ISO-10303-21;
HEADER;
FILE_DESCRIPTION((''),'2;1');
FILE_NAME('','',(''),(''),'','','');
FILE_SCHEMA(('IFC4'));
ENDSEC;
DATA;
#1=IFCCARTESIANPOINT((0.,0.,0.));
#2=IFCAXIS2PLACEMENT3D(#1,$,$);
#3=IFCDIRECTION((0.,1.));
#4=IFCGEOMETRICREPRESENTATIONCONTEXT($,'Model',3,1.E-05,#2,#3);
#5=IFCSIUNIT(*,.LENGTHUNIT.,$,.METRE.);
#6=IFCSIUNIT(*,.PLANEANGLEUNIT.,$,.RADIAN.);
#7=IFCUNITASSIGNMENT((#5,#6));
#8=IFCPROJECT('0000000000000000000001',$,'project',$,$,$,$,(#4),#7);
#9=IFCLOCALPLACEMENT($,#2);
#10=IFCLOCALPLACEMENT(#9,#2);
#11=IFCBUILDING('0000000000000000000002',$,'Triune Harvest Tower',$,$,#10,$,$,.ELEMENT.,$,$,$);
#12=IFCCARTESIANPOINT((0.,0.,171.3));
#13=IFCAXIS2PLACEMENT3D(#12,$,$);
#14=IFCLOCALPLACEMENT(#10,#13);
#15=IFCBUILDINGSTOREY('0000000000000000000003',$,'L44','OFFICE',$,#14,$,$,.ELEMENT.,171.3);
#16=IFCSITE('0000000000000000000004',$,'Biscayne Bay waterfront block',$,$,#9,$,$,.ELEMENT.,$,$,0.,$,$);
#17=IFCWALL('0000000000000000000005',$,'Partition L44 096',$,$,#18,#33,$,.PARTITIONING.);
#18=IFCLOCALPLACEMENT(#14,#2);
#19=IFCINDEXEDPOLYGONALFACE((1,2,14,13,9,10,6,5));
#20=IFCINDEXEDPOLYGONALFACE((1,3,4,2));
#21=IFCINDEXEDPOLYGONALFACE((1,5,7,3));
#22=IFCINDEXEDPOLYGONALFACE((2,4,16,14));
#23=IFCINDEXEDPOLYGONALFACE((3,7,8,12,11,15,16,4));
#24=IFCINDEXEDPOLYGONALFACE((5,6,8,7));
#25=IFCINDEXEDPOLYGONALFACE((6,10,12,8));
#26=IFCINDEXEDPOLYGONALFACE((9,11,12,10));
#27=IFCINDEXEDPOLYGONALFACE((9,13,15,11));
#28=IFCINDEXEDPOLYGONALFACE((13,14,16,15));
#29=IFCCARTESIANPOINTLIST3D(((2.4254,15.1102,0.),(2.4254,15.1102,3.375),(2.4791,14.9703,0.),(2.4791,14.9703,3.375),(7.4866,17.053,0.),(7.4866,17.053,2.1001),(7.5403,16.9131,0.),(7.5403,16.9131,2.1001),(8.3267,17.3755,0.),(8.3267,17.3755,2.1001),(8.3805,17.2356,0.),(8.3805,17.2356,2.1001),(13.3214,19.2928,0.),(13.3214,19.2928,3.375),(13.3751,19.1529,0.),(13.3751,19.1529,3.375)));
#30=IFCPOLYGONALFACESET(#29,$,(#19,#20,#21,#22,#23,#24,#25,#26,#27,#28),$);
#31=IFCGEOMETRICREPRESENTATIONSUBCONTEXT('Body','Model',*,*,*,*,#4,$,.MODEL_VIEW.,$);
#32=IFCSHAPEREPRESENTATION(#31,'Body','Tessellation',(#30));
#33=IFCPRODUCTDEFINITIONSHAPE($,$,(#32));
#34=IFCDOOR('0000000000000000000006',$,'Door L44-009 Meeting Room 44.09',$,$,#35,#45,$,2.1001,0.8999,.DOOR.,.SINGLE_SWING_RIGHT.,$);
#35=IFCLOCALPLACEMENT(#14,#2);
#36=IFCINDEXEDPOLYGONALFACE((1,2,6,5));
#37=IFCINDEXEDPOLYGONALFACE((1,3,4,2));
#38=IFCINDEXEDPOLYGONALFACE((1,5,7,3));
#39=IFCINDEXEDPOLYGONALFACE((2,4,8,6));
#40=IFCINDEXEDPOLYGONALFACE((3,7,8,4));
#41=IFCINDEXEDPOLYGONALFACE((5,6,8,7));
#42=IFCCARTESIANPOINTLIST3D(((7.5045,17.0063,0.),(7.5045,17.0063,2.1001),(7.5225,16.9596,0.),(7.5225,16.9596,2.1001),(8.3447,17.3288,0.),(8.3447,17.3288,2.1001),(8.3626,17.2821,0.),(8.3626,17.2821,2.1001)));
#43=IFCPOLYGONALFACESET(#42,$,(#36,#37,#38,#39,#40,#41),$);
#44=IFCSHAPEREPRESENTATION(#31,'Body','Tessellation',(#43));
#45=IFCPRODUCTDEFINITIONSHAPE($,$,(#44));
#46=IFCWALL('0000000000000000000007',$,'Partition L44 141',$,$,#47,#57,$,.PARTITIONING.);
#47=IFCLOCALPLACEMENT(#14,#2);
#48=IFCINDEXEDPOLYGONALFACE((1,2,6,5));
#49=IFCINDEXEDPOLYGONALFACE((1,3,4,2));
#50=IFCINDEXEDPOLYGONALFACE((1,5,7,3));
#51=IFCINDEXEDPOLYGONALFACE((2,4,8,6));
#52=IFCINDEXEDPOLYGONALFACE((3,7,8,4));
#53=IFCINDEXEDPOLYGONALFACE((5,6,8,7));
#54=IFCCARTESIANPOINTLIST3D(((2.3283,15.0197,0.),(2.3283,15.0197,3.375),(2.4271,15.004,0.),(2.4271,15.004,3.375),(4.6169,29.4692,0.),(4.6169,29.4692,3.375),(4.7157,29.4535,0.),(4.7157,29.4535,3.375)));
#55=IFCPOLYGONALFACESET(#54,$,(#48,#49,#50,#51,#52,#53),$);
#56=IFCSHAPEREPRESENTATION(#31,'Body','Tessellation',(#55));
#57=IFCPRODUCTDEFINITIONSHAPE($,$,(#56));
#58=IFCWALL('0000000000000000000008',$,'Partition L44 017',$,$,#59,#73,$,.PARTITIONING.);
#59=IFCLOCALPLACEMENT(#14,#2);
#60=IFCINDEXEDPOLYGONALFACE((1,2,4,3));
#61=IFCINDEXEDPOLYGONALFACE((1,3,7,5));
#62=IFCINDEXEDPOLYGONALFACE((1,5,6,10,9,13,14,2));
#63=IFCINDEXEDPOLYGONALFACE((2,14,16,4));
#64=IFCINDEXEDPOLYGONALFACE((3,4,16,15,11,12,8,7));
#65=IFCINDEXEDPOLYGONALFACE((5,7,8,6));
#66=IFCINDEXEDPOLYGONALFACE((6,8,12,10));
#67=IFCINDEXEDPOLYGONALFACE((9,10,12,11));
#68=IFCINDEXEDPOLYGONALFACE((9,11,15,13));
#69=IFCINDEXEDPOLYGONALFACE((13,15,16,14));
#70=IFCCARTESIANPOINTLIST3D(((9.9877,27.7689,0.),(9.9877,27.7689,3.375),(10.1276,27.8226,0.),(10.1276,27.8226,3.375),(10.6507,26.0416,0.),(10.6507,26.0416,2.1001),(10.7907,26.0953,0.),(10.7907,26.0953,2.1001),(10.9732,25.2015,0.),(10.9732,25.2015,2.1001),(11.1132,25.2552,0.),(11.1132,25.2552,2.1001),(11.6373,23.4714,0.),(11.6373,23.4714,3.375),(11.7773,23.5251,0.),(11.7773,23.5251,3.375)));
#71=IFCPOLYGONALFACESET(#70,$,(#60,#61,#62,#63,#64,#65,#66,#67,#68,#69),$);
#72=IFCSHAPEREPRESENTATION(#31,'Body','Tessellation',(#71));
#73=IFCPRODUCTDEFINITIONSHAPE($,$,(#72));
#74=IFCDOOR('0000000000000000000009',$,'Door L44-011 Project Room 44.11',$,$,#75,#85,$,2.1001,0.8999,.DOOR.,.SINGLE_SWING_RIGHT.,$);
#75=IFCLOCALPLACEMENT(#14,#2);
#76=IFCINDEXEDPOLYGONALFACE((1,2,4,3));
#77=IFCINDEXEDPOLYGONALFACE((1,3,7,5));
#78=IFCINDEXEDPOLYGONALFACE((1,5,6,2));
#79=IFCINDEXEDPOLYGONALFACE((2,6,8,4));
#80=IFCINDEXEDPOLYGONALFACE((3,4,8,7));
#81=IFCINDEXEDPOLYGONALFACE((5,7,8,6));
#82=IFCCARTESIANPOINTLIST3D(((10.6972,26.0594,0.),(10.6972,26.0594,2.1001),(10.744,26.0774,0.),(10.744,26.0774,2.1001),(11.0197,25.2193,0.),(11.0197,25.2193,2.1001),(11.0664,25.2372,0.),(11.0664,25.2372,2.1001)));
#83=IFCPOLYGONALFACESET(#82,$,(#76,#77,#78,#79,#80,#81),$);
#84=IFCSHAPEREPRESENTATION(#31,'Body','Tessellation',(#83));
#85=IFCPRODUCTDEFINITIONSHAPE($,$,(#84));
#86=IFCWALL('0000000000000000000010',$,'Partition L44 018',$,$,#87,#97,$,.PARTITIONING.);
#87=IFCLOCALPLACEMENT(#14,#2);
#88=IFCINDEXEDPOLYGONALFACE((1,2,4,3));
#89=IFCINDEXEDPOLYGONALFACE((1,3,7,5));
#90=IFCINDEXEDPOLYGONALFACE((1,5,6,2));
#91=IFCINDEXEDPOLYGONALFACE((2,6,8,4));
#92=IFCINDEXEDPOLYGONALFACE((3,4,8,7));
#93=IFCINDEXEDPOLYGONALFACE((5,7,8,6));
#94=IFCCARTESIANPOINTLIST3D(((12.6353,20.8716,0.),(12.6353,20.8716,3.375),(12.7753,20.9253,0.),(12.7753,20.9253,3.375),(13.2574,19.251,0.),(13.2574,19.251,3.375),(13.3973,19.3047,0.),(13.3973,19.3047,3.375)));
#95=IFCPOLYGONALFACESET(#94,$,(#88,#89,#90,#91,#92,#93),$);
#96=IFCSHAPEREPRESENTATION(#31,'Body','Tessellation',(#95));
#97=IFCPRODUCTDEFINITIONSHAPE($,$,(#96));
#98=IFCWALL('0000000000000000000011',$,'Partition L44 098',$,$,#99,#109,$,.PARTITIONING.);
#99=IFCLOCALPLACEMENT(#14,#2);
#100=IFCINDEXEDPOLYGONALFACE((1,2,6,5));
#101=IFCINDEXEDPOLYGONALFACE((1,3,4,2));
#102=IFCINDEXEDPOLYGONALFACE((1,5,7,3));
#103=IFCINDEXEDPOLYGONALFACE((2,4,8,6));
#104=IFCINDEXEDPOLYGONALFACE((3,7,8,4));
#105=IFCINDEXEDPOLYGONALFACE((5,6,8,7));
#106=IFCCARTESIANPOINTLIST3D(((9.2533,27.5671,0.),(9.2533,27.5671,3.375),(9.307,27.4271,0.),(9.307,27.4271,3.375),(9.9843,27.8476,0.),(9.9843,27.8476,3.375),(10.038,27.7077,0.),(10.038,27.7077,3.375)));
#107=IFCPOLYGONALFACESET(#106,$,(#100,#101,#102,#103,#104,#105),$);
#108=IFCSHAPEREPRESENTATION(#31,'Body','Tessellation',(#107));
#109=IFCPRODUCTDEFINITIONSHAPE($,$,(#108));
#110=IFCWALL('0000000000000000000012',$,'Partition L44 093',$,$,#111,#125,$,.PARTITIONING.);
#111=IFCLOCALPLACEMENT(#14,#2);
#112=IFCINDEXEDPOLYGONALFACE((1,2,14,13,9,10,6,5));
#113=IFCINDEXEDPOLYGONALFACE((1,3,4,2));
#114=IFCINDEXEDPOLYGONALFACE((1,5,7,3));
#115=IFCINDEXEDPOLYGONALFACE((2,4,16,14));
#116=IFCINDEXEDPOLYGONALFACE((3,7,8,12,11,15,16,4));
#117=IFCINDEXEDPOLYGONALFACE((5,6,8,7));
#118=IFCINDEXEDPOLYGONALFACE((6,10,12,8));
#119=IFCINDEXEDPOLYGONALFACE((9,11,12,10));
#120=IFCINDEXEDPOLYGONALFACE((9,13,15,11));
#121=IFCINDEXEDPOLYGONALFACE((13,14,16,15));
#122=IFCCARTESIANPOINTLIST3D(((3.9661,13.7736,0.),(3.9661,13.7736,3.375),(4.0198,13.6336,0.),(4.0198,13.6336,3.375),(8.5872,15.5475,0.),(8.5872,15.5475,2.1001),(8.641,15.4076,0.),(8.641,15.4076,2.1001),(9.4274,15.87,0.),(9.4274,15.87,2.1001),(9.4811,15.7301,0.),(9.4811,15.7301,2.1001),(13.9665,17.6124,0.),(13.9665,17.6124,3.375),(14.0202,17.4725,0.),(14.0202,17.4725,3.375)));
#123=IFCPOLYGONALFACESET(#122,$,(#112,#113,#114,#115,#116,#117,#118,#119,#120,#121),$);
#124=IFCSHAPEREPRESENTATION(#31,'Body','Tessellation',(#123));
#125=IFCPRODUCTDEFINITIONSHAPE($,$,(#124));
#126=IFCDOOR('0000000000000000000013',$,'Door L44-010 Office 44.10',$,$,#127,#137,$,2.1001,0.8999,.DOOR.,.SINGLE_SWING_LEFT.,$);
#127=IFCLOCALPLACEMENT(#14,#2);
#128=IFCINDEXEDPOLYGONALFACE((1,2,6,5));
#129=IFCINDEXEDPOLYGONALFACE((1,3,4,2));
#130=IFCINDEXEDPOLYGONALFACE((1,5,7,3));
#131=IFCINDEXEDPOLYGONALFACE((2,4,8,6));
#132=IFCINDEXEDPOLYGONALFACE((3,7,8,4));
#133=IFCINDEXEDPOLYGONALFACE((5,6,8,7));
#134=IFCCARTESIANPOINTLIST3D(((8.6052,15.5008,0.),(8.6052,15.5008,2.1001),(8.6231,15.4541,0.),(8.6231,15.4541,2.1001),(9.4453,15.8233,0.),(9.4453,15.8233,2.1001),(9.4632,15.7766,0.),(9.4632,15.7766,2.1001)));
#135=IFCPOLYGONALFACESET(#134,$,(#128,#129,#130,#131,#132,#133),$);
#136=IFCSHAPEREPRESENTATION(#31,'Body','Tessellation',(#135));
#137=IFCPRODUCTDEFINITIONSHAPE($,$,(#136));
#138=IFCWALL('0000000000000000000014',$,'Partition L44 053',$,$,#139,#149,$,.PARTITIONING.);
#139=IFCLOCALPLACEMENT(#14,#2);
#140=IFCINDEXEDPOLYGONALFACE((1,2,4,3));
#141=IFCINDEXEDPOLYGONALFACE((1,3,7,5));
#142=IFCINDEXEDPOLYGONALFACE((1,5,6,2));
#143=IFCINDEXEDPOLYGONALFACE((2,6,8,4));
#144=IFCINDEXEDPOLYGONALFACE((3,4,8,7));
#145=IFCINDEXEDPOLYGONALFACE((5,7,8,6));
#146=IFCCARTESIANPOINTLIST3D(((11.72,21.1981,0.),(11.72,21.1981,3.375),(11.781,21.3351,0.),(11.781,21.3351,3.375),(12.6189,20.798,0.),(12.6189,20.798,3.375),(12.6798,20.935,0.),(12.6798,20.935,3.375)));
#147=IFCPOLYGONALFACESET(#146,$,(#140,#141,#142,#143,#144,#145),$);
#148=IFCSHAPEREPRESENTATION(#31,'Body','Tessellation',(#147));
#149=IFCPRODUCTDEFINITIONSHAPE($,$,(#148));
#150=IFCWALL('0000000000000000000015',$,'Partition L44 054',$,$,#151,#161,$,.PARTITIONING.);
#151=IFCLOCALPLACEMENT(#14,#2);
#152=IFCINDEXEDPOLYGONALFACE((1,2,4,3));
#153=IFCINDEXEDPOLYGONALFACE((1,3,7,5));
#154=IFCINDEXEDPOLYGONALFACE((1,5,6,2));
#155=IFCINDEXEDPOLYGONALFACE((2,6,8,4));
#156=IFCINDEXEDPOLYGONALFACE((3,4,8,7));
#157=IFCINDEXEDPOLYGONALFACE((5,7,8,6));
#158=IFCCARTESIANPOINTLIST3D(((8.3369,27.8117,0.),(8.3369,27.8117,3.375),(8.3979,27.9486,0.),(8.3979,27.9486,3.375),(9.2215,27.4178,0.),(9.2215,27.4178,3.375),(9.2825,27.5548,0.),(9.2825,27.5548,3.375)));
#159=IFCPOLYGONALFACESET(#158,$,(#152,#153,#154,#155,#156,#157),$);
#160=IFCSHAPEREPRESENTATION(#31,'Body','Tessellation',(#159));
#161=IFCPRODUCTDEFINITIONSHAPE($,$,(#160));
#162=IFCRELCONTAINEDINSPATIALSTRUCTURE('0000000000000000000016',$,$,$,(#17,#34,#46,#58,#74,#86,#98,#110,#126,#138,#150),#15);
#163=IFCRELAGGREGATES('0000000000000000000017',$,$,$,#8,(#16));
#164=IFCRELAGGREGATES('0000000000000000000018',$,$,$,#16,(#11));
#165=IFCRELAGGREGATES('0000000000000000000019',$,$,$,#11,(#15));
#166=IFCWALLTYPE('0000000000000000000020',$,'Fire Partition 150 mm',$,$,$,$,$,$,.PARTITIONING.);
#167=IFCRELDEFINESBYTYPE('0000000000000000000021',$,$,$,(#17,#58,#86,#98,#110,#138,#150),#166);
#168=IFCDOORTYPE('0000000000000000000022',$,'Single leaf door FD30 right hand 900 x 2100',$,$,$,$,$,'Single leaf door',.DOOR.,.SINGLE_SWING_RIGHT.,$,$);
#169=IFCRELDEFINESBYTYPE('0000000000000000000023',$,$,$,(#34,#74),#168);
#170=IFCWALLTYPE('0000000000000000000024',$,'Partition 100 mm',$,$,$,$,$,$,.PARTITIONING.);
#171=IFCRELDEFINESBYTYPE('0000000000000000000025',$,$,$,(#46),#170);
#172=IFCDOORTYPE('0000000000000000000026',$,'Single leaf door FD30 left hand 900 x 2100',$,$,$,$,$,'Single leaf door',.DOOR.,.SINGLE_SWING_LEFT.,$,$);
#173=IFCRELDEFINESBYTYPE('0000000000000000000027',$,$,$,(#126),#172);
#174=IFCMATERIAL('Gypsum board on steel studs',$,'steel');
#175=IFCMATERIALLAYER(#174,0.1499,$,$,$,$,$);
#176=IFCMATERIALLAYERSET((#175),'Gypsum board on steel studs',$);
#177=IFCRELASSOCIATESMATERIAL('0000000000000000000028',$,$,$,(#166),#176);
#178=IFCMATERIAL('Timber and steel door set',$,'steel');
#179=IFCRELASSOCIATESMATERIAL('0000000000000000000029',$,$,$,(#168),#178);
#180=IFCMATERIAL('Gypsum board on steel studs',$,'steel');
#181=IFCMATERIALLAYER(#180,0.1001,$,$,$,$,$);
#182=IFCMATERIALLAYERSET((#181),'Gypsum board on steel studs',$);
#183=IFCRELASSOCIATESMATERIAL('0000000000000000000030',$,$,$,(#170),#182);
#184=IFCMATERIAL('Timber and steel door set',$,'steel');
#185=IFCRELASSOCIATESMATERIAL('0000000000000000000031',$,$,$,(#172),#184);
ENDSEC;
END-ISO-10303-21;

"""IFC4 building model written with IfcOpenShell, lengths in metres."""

from ifc_helpers import new_model, si_unit, direction, frame, frame_2d, origin, place, context, subcontext, project, spatial, rectangle, extrude, source, transform, mapped, material, layer, layer_set, type_object, element, fill, save


model = new_model("IFC4")

# Units and contexts
model_context = context("Model", 3, precision=1e-05, world=origin(), true_north=direction((0.0, 1.0)))
body_context = subcontext(model_context, "Body", "Model", "MODEL_VIEW")
ifc_project = project(units=[si_unit("LENGTHUNIT", "METRE"), si_unit("PLANEANGLEUNIT", "RADIAN")], contexts=[model_context])

# Site, building, storey
site_placement = place(None, origin())
site = spatial("IfcSite", under=ifc_project, at=site_placement, Name="Biscayne Bay waterfront block", CompositionType="ELEMENT", RefElevation=0.0)
building_placement = place(site_placement, origin())
building = spatial("IfcBuilding", under=site, at=building_placement, Name="Triune Harvest Tower", CompositionType="ELEMENT")
storey_placement = place(building_placement, frame((0.0, 0.0, 171.3)))
storey = spatial("IfcBuildingStorey", under=building, at=storey_placement, Name="L44", Description="OFFICE", CompositionType="ELEMENT", Elevation=171.3)

# Shared definitions
ifc_material_1 = material(Name="Gypsum board on steel studs", Category="steel")
ifc_layer_1 = layer(ifc_material_1, 0.1499)
ifc_layer_set_1 = layer_set([ifc_layer_1], Name="Gypsum board on steel studs")
wall_type_1 = type_object("IfcWallType", Name="Fire Partition 150 mm", PredefinedType="PARTITIONING", material=ifc_layer_set_1)

# Wall, opening, door
wall_1_placement = place(storey_placement, frame((2.4524, 15.0403, 0.0), z_axis=(0.0, 0.0, 1.0), x_axis=(0.933579, 0.358371, 0.0)))
wall_1 = element("IfcWall", 1, at=wall_1_placement, inside=storey, type_object=wall_type_1, Name="Partition L44 096", PredefinedType="PARTITIONING", context=body_context, shape_type="SweptSolid", body=[
    extrude(rectangle(XDim=11.6711, YDim=0.1499, at=frame_2d((5.8354, 0.0))), origin(), (0.0, 0.0, 1.0), 3.375),
])
opening_1_placement = place(wall_1_placement, frame((5.4211, 0.0, 0.0)))
opening_1 = element("IfcOpeningElement", 2, at=opening_1_placement, cuts=wall_1, PredefinedType="OPENING", context=body_context, shape_type="SweptSolid", body=[
    extrude(rectangle(XDim=0.8999, YDim=2.1001, at=frame_2d((0.45, 1.05))), frame((0.0, 0.085, 0.0), z_axis=(0.0, -1.0, 0.0), x_axis=(1.0, 0.0, 0.0)), (0.0, 0.0, 1.0), 0.1699),
])
ifc_material_2 = material(Name="Timber and steel door set", Category="steel")
door_type_1 = type_object("IfcDoorType", Name="Single leaf door FD30 right hand 900 x 2100", ElementType="Single leaf door", OperationType="SINGLE_SWING_RIGHT", PredefinedType="DOOR", material=ifc_material_2)
door_1_placement = place(opening_1_placement, origin())
door_1 = element("IfcDoor", 3, at=door_1_placement, inside=storey, type_object=door_type_1, Name="Door L44-009 Meeting Room 44.09", OperationType="SINGLE_SWING_RIGHT", OverallHeight=2.1001, OverallWidth=0.8999, PredefinedType="DOOR", context=body_context, shape_type="SweptSolid", body=[
    extrude(rectangle(XDim=0.8999, YDim=2.1001, at=frame_2d((0.45, 1.05))), frame((0.0, 0.0249, 0.0), z_axis=(0.0, -1.0, 0.0), x_axis=(1.0, 0.0, 0.0)), (0.0, 0.0, 1.0), 0.05),
])
fill(opening_1, door_1)

# Wall
ifc_material_3 = material(Name="Gypsum board on steel studs", Category="steel")
ifc_layer_2 = layer(ifc_material_3, 0.1001)
ifc_layer_set_2 = layer_set([ifc_layer_2], Name="Gypsum board on steel studs")
wall_type_2 = type_object("IfcWallType", Name="Partition 100 mm", PredefinedType="PARTITIONING", material=ifc_layer_set_2)
wall_2_placement = place(storey_placement, frame((2.3777, 15.0117, 0.0), z_axis=(0.0, 0.0, 1.0), x_axis=(0.156435, 0.987688, 0.0)))
element("IfcWall", 4, at=wall_2_placement, inside=storey, type_object=wall_type_2, Name="Partition L44 141", PredefinedType="PARTITIONING", context=body_context, shape_type="SweptSolid", body=[
    extrude(rectangle(XDim=14.6296, YDim=0.1001, at=frame_2d((7.3149, 0.0))), origin(), (0.0, 0.0, 1.0), 3.375),
])

# Wall, opening, door
shared_shape_1 = source(origin(), body_context, "Body", "SweptSolid", [
    extrude(rectangle(XDim=4.6033, YDim=0.1499, at=frame_2d((2.3018, 0.0))), origin(), (0.0, 0.0, 1.0), 3.375),
])
wall_3_placement = place(storey_placement, frame((10.0576, 27.7959, 0.0), z_axis=(0.0, 0.0, 1.0), x_axis=(0.358361, -0.933583, 0.0)))
wall_3 = element("IfcWall", 5, at=wall_3_placement, inside=storey, type_object=wall_type_1, Name="Partition L44 017", PredefinedType="PARTITIONING", context=body_context, shape_type="MappedRepresentation", body=[
    mapped(shared_shape_1, transform((0.0, 0.0, 0.0), scale=1.0)),
])
opening_2_placement = place(wall_3_placement, frame((1.8503, 0.0, 0.0)))
opening_2 = element("IfcOpeningElement", 6, at=opening_2_placement, cuts=wall_3, PredefinedType="OPENING", context=body_context, shape_type="SweptSolid", body=[
    extrude(rectangle(XDim=0.8999, YDim=2.1001, at=frame_2d((0.45, 1.05))), frame((0.0, 0.085, 0.0), z_axis=(0.0, -1.0, 0.0), x_axis=(1.0, 0.0, 0.0)), (0.0, 0.0, 1.0), 0.1699),
])
door_2_placement = place(opening_2_placement, origin())
door_2 = element("IfcDoor", 7, at=door_2_placement, inside=storey, type_object=door_type_1, Name="Door L44-011 Project Room 44.11", OperationType="SINGLE_SWING_RIGHT", OverallHeight=2.1001, OverallWidth=0.8999, PredefinedType="DOOR", context=body_context, shape_type="SweptSolid", body=[
    extrude(rectangle(XDim=0.8999, YDim=2.1001, at=frame_2d((0.45, 1.05))), frame((0.0, 0.0249, 0.0), z_axis=(0.0, -1.0, 0.0), x_axis=(1.0, 0.0, 0.0)), (0.0, 0.0, 1.0), 0.05),
])
fill(opening_2, door_2)

# Walls
shared_shape_2 = source(origin(), body_context, "Body", "SweptSolid", [
    extrude(rectangle(XDim=1.7358, YDim=0.1499, at=frame_2d((0.8679, 0.0))), origin(), (0.0, 0.0, 1.0), 3.375),
])
wall_4_placement = place(storey_placement, frame((12.7053, 20.8984, 0.0), z_axis=(0.0, 0.0, 1.0), x_axis=(0.358357, -0.933585, 0.0)))
element("IfcWall", 8, at=wall_4_placement, inside=storey, type_object=wall_type_1, Name="Partition L44 018", PredefinedType="PARTITIONING", context=body_context, shape_type="MappedRepresentation", body=[
    mapped(shared_shape_2, transform((0.0, 0.0, 0.0), scale=1.0)),
])
shared_shape_3 = source(origin(), body_context, "Body", "SweptSolid", [
    extrude(rectangle(XDim=0.783, YDim=0.1499, at=frame_2d((0.3916, 0.0))), origin(), (0.0, 0.0, 1.0), 3.375),
])
wall_5_placement = place(storey_placement, frame((9.28, 27.4971, 0.0), z_axis=(0.0, 0.0, 1.0), x_axis=(0.933611, 0.358289, 0.0)))
element("IfcWall", 9, at=wall_5_placement, inside=storey, type_object=wall_type_1, Name="Partition L44 098", PredefinedType="PARTITIONING", context=body_context, shape_type="MappedRepresentation", body=[
    mapped(shared_shape_3, transform((0.0, 0.0, 0.0), scale=1.0)),
])

# Wall, opening, door
shared_shape_4 = source(origin(), body_context, "Body", "SweptSolid", [
    extrude(rectangle(XDim=10.7119, YDim=0.1499, at=frame_2d((5.356, 0.0))), origin(), (0.0, 0.0, 1.0), 3.375),
])
wall_6_placement = place(storey_placement, frame((3.9929, 13.7036, 0.0), z_axis=(0.0, 0.0, 1.0), x_axis=(0.933579, 0.358371, 0.0)))
wall_6 = element("IfcWall", 10, at=wall_6_placement, inside=storey, type_object=wall_type_1, Name="Partition L44 093", PredefinedType="PARTITIONING", context=body_context, shape_type="MappedRepresentation", body=[
    mapped(shared_shape_4, transform((0.0, 0.0, 0.0), scale=1.0)),
])
opening_3_placement = place(wall_6_placement, frame((4.95, 0.0, 0.0)))
opening_3 = element("IfcOpeningElement", 11, at=opening_3_placement, cuts=wall_6, PredefinedType="OPENING", context=body_context, shape_type="SweptSolid", body=[
    extrude(rectangle(XDim=0.8999, YDim=2.1001, at=frame_2d((0.45, 1.05))), frame((0.0, 0.085, 0.0), z_axis=(0.0, -1.0, 0.0), x_axis=(1.0, 0.0, 0.0)), (0.0, 0.0, 1.0), 0.1699),
])
ifc_material_4 = material(Name="Timber and steel door set", Category="steel")
door_type_2 = type_object("IfcDoorType", Name="Single leaf door FD30 left hand 900 x 2100", ElementType="Single leaf door", OperationType="SINGLE_SWING_LEFT", PredefinedType="DOOR", material=ifc_material_4)
door_3_placement = place(opening_3_placement, origin())
door_3 = element("IfcDoor", 12, at=door_3_placement, inside=storey, type_object=door_type_2, Name="Door L44-010 Office 44.10", OperationType="SINGLE_SWING_LEFT", OverallHeight=2.1001, OverallWidth=0.8999, PredefinedType="DOOR", context=body_context, shape_type="SweptSolid", body=[
    extrude(rectangle(XDim=0.8999, YDim=2.1001, at=frame_2d((0.45, 1.05))), frame((0.0, 0.0249, 0.0), z_axis=(0.0, -1.0, 0.0), x_axis=(1.0, 0.0, 0.0)), (0.0, 0.0, 1.0), 0.05),
])
fill(opening_3, door_3)

# Walls
shared_shape_5 = source(origin(), body_context, "Body", "SweptSolid", [
    extrude(rectangle(XDim=0.9839, YDim=0.1499, at=frame_2d((0.4919, 0.0))), origin(), (0.0, 0.0, 1.0), 3.375),
])
wall_7_placement = place(storey_placement, frame((11.7505, 21.2666, 0.0), z_axis=(0.0, 0.0, 1.0), x_axis=(0.913576, -0.406668, 0.0)))
element("IfcWall", 13, at=wall_7_placement, inside=storey, type_object=wall_type_1, Name="Partition L44 053", PredefinedType="PARTITIONING", context=body_context, shape_type="MappedRepresentation", body=[
    mapped(shared_shape_5, transform((0.0, 0.0, 0.0), scale=1.0)),
])
shared_shape_6 = source(origin(), body_context, "Body", "SweptSolid", [
    extrude(rectangle(XDim=0.9683, YDim=0.1499, at=frame_2d((0.4841, 0.0))), origin(), (0.0, 0.0, 1.0), 3.375),
])
wall_8_placement = place(storey_placement, frame((8.3674, 27.8801, 0.0), z_axis=(0.0, 0.0, 1.0), x_axis=(0.913551, -0.406723, 0.0)))
element("IfcWall", 14, at=wall_8_placement, inside=storey, type_object=wall_type_1, Name="Partition L44 054", PredefinedType="PARTITIONING", context=body_context, shape_type="MappedRepresentation", body=[
    mapped(shared_shape_6, transform((0.0, 0.0, 0.0), scale=1.0)),
])

save(model, "model.ifc")
